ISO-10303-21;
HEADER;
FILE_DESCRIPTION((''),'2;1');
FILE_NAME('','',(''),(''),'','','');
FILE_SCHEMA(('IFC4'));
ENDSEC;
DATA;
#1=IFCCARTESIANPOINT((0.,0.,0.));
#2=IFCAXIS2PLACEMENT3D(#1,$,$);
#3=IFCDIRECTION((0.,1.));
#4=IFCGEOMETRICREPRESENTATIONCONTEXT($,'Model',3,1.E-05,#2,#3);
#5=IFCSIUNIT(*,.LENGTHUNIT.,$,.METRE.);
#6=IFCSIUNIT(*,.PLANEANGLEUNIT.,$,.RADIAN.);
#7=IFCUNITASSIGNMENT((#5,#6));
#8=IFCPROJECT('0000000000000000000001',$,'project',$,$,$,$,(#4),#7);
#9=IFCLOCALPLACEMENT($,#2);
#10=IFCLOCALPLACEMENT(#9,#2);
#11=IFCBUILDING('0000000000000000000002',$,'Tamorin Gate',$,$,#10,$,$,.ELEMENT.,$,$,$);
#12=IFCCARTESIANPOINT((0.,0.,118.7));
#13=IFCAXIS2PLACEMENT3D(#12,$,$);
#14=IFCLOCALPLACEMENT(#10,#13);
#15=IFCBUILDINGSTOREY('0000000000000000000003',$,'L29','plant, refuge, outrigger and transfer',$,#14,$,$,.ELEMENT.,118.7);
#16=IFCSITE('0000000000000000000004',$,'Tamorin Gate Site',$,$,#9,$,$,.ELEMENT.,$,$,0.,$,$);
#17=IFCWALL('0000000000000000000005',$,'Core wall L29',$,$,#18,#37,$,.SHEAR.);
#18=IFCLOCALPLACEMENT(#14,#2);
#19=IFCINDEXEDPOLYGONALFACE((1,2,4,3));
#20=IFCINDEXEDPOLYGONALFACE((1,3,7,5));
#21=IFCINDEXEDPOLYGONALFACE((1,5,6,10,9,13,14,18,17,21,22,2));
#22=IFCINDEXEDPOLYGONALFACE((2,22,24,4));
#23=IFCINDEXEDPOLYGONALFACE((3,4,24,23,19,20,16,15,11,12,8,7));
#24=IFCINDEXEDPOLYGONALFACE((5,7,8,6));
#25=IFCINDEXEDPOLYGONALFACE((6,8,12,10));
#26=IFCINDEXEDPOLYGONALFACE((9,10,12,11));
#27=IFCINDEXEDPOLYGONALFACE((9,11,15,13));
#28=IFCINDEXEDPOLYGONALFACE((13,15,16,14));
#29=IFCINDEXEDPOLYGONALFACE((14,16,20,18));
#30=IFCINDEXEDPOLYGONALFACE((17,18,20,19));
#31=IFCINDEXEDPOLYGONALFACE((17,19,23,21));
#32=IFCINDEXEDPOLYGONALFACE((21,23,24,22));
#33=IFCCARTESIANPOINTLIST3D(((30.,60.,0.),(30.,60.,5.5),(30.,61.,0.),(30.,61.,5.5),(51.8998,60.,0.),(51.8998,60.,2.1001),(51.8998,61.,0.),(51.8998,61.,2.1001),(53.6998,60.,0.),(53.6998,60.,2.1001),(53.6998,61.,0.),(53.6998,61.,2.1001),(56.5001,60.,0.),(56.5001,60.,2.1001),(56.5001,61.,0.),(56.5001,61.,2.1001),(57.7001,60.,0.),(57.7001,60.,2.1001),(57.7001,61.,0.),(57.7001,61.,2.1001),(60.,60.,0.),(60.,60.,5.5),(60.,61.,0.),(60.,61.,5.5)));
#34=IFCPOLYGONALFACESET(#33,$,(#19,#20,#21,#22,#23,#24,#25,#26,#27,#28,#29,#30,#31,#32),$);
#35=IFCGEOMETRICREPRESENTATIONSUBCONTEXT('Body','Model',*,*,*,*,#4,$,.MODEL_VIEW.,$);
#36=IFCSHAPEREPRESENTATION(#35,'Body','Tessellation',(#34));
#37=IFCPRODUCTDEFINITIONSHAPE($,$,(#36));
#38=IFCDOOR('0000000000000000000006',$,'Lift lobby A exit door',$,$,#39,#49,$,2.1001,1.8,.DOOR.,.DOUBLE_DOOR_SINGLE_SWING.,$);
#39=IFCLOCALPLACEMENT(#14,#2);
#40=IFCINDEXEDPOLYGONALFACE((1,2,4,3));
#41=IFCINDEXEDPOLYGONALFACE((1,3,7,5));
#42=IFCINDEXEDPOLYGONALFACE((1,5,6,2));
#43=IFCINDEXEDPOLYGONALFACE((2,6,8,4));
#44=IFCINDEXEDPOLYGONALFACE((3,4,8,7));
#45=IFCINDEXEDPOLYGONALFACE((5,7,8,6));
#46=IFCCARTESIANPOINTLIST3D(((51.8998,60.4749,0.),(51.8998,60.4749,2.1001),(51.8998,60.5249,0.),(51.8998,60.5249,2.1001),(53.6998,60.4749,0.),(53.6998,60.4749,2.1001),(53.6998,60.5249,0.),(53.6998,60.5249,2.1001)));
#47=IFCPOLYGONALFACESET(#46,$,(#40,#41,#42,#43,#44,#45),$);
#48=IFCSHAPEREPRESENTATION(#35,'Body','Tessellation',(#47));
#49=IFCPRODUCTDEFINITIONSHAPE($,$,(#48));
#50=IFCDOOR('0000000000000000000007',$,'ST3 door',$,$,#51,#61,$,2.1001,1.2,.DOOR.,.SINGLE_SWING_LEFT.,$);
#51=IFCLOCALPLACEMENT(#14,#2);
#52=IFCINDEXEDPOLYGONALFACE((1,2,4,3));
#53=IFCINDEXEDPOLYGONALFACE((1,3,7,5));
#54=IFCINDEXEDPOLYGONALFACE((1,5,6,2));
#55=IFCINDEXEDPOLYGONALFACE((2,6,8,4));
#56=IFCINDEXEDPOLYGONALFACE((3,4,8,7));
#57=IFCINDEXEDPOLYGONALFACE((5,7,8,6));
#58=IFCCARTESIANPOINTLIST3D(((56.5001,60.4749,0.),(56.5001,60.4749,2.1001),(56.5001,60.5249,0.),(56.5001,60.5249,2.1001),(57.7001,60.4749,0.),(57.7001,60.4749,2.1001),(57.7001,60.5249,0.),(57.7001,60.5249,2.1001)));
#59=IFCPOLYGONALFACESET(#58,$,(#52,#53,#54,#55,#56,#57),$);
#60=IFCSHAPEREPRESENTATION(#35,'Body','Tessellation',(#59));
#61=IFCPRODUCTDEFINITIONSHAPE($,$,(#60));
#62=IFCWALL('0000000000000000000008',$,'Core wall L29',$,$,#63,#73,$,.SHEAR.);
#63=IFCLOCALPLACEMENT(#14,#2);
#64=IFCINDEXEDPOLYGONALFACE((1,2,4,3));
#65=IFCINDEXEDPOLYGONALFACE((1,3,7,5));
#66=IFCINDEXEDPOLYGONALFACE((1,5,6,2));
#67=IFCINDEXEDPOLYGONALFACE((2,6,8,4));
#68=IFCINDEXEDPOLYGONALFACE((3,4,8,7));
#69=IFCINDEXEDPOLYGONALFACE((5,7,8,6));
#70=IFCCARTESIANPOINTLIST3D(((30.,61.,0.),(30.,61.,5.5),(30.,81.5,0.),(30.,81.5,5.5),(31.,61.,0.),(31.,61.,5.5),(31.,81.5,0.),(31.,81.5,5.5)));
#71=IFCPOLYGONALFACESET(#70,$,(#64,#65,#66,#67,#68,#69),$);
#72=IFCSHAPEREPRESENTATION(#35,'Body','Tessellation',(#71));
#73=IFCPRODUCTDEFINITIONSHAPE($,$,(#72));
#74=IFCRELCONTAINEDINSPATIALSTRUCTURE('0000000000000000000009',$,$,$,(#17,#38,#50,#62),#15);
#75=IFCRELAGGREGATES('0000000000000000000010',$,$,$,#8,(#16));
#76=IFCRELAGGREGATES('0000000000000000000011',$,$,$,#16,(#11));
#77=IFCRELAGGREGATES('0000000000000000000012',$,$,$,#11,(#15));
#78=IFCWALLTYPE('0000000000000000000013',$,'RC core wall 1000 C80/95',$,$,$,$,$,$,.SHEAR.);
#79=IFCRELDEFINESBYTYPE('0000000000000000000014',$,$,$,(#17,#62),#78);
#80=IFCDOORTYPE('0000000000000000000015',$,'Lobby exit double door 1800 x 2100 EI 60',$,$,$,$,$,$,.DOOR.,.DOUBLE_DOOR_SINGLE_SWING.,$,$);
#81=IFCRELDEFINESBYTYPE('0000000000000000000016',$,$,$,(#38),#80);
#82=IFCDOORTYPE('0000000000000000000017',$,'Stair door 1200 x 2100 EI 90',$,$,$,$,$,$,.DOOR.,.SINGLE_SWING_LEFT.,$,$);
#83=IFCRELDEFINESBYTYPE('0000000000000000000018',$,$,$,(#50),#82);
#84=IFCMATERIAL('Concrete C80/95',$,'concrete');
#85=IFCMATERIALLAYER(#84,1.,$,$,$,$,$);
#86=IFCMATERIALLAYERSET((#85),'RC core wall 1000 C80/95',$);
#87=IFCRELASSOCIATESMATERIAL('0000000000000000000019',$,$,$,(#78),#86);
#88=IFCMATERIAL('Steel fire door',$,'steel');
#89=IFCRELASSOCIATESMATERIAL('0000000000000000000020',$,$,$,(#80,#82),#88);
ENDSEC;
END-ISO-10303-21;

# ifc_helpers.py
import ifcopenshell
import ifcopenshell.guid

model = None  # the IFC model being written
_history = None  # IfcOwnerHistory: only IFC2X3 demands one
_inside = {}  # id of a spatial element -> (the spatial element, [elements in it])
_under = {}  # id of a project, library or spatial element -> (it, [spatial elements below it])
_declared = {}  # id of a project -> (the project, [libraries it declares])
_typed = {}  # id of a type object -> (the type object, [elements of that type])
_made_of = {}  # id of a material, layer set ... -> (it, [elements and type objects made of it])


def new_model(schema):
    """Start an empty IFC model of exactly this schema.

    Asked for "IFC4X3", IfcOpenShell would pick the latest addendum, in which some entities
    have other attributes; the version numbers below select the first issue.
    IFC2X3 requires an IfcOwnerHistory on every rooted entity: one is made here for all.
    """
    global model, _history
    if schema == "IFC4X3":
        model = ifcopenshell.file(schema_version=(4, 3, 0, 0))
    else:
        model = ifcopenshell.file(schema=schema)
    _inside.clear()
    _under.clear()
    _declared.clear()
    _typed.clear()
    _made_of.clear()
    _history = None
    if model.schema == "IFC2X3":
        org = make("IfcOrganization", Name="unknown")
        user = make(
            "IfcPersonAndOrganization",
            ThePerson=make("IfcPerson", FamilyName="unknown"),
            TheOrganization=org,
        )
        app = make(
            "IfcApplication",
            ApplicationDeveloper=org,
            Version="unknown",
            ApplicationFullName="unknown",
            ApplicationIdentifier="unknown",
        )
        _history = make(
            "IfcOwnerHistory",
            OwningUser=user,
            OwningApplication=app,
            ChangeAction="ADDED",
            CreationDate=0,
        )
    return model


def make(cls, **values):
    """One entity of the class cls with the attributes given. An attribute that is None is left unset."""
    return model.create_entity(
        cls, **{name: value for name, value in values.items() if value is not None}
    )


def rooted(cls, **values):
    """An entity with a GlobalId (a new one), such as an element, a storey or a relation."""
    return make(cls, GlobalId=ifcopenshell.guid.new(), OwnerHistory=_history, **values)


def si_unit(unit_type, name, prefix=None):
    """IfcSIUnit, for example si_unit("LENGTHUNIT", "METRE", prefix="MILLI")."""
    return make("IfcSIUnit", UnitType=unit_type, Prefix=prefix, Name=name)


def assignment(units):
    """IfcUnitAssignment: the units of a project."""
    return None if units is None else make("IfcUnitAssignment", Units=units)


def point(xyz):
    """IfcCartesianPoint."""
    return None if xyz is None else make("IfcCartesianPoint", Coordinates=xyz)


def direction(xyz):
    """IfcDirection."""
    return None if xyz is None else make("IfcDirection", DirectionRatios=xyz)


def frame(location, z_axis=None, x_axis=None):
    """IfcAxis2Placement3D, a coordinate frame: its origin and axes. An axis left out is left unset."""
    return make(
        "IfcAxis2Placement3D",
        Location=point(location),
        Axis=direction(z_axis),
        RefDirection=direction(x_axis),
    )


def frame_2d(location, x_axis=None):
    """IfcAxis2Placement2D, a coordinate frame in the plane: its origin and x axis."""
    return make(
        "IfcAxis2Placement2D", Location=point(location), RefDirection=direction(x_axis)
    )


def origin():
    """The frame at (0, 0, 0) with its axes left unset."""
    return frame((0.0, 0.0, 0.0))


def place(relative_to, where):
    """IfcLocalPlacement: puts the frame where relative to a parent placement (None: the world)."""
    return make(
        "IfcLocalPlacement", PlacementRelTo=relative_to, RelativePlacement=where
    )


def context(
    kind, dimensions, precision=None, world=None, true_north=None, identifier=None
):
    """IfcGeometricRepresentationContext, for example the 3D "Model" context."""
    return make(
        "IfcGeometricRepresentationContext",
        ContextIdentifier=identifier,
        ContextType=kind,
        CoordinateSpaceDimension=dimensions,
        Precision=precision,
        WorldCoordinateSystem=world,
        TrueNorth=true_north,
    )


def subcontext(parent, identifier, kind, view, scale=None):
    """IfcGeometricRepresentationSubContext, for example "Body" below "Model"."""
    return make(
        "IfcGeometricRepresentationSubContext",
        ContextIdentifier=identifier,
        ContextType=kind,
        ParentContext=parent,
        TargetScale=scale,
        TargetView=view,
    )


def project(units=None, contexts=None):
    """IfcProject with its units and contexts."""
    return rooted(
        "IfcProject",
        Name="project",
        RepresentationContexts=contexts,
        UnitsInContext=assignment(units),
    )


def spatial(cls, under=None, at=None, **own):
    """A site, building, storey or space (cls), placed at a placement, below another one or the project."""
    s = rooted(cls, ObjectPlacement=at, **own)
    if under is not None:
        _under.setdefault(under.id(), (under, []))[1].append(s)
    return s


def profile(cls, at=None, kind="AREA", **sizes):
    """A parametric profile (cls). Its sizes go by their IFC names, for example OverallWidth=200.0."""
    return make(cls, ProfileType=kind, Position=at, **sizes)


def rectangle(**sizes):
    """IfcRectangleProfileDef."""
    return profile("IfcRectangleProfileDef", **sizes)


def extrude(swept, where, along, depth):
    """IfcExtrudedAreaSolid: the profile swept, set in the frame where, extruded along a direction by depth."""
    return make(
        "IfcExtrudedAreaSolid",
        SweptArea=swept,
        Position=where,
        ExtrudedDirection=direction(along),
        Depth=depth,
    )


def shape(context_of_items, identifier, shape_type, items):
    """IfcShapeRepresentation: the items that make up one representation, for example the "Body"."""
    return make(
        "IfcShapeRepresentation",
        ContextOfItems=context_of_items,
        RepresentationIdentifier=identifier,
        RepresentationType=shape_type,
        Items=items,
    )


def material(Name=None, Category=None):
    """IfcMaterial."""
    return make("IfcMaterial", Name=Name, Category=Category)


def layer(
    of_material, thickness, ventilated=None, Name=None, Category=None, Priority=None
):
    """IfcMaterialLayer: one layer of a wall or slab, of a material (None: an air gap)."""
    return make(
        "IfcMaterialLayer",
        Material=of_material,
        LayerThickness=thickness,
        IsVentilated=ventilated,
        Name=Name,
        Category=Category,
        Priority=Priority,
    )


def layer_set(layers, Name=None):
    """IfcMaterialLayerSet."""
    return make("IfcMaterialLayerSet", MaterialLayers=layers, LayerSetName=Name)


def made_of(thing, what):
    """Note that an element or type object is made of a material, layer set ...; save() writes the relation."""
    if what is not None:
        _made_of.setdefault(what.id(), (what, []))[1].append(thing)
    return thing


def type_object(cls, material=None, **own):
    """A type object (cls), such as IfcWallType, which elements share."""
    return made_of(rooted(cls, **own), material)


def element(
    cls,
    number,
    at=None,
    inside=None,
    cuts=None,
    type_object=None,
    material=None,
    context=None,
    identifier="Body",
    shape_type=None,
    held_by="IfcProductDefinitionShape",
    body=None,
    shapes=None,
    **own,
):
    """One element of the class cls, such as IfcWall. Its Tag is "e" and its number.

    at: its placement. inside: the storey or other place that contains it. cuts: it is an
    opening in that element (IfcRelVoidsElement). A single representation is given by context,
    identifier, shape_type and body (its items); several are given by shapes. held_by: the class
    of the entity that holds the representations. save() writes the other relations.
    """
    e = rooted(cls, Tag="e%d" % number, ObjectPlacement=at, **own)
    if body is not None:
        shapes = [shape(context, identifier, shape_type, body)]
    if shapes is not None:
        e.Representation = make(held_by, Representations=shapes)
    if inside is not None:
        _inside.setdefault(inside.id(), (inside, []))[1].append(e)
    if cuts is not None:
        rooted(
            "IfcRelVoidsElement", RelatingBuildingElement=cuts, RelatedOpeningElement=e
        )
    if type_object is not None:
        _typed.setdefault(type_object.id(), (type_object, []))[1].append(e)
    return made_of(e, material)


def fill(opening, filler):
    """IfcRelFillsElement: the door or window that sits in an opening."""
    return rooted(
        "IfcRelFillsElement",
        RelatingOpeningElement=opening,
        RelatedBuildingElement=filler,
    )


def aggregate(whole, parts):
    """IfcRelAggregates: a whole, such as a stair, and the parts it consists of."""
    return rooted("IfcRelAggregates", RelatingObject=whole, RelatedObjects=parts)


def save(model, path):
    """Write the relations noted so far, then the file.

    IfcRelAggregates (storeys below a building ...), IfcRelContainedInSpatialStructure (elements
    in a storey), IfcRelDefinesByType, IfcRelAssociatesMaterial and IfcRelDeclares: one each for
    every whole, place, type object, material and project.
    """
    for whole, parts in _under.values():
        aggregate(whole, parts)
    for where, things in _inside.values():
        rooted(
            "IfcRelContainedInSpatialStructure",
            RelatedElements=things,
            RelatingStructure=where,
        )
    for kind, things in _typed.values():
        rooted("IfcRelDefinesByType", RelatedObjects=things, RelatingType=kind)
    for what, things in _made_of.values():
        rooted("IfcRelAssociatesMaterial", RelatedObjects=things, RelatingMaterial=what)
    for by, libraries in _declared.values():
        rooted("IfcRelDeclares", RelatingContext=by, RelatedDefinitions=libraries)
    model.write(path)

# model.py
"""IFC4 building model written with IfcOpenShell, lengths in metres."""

from ifc_helpers import new_model, si_unit, direction, frame, frame_2d, origin, place, context, subcontext, project, spatial, rectangle, extrude, material, layer, layer_set, type_object, element, fill, save


model = new_model("IFC4")

# Units and contexts
model_context = context("Model", 3, precision=1e-05, world=origin(), true_north=direction((0.0, 1.0)))
body_context = subcontext(model_context, "Body", "Model", "MODEL_VIEW")
ifc_project = project(units=[si_unit("LENGTHUNIT", "METRE"), si_unit("PLANEANGLEUNIT", "RADIAN")], contexts=[model_context])

# Site, building, storey
site_placement = place(None, origin())
site = spatial("IfcSite", under=ifc_project, at=site_placement, Name="Tamorin Gate Site", CompositionType="ELEMENT", RefElevation=0.0)
building_placement = place(site_placement, origin())
building = spatial("IfcBuilding", under=site, at=building_placement, Name="Tamorin Gate", CompositionType="ELEMENT")
storey_placement = place(building_placement, frame((0.0, 0.0, 118.7)))
storey = spatial("IfcBuildingStorey", under=building, at=storey_placement, Name="L29", Description="plant, refuge, outrigger and transfer", CompositionType="ELEMENT", Elevation=118.7)

# Shared definitions
ifc_material_1 = material(Name="Concrete C80/95", Category="concrete")

# Wall, openings, doors
ifc_layer_1 = layer(ifc_material_1, 1.0)
ifc_layer_set_1 = layer_set([ifc_layer_1], Name="RC core wall 1000 C80/95")
wall_type_1 = type_object("IfcWallType", Name="RC core wall 1000 C80/95", PredefinedType="SHEAR", material=ifc_layer_set_1)
wall_1_placement = place(storey_placement, frame((30.0, 60.5, 0.0), z_axis=(0.0, 0.0, 1.0), x_axis=(1.0, 0.0, 0.0)))
wall_1 = element("IfcWall", 1, at=wall_1_placement, inside=storey, type_object=wall_type_1, Name="Core wall L29", PredefinedType="SHEAR", context=body_context, shape_type="SweptSolid", body=[
    extrude(rectangle(XDim=30.0, YDim=1.0, at=frame_2d((15.0, 0.0))), origin(), (0.0, 0.0, 1.0), 5.5),
])
opening_1_placement = place(wall_1_placement, frame((21.8999, 0.0, 0.0)))
opening_1 = element("IfcOpeningElement", 2, at=opening_1_placement, cuts=wall_1, PredefinedType="OPENING", context=body_context, shape_type="SweptSolid", body=[
    extrude(rectangle(XDim=1.8, YDim=2.1001, at=frame_2d((0.8999, 1.05))), frame((0.0, 0.51, 0.0), z_axis=(0.0, -1.0, 0.0), x_axis=(1.0, 0.0, 0.0)), (0.0, 0.0, 1.0), 1.02),
])
opening_2_placement = place(wall_1_placement, frame((26.5, 0.0, 0.0)))
opening_2 = element("IfcOpeningElement", 3, at=opening_2_placement, cuts=wall_1, PredefinedType="OPENING", context=body_context, shape_type="SweptSolid", body=[
    extrude(rectangle(XDim=1.2, YDim=2.1001, at=frame_2d((0.6001, 1.05))), frame((0.0, 0.51, 0.0), z_axis=(0.0, -1.0, 0.0), x_axis=(1.0, 0.0, 0.0)), (0.0, 0.0, 1.0), 1.02),
])
ifc_material_2 = material(Name="Steel fire door", Category="steel")
door_type_1 = type_object("IfcDoorType", Name="Lobby exit double door 1800 x 2100 EI 60", OperationType="DOUBLE_DOOR_SINGLE_SWING", PredefinedType="DOOR", material=ifc_material_2)
door_1_placement = place(opening_1_placement, origin())
door_1 = element("IfcDoor", 4, at=door_1_placement, inside=storey, type_object=door_type_1, Name="Lift lobby A exit door", OperationType="DOUBLE_DOOR_SINGLE_SWING", OverallHeight=2.1001, OverallWidth=1.8, PredefinedType="DOOR", context=body_context, shape_type="SweptSolid", body=[
    extrude(rectangle(XDim=1.8, YDim=2.1001, at=frame_2d((0.8999, 1.05))), frame((0.0, 0.0249, 0.0), z_axis=(0.0, -1.0, 0.0), x_axis=(1.0, 0.0, 0.0)), (0.0, 0.0, 1.0), 0.05),
])
fill(opening_1, door_1)
door_type_2 = type_object("IfcDoorType", Name="Stair door 1200 x 2100 EI 90", OperationType="SINGLE_SWING_LEFT", PredefinedType="DOOR", material=ifc_material_2)
door_2_placement = place(opening_2_placement, origin())
door_2 = element("IfcDoor", 5, at=door_2_placement, inside=storey, type_object=door_type_2, Name="ST3 door", OperationType="SINGLE_SWING_LEFT", OverallHeight=2.1001, OverallWidth=1.2, PredefinedType="DOOR", context=body_context, shape_type="SweptSolid", body=[
    extrude(rectangle(XDim=1.2, YDim=2.1001, at=frame_2d((0.6001, 1.05))), frame((0.0, 0.0249, 0.0), z_axis=(0.0, -1.0, 0.0), x_axis=(1.0, 0.0, 0.0)), (0.0, 0.0, 1.0), 0.05),
])
fill(opening_2, door_2)

# Wall
wall_2_placement = place(storey_placement, frame((30.5, 61.0, 0.0), z_axis=(0.0, 0.0, 1.0), x_axis=(0.0, 1.0, 0.0)))
element("IfcWall", 6, at=wall_2_placement, inside=storey, type_object=wall_type_1, Name="Core wall L29", PredefinedType="SHEAR", context=body_context, shape_type="SweptSolid", body=[
    extrude(rectangle(XDim=20.5, YDim=1.0, at=frame_2d((10.25, 0.0))), origin(), (0.0, 0.0, 1.0), 5.5),
])

save(model, "model.ifc")
